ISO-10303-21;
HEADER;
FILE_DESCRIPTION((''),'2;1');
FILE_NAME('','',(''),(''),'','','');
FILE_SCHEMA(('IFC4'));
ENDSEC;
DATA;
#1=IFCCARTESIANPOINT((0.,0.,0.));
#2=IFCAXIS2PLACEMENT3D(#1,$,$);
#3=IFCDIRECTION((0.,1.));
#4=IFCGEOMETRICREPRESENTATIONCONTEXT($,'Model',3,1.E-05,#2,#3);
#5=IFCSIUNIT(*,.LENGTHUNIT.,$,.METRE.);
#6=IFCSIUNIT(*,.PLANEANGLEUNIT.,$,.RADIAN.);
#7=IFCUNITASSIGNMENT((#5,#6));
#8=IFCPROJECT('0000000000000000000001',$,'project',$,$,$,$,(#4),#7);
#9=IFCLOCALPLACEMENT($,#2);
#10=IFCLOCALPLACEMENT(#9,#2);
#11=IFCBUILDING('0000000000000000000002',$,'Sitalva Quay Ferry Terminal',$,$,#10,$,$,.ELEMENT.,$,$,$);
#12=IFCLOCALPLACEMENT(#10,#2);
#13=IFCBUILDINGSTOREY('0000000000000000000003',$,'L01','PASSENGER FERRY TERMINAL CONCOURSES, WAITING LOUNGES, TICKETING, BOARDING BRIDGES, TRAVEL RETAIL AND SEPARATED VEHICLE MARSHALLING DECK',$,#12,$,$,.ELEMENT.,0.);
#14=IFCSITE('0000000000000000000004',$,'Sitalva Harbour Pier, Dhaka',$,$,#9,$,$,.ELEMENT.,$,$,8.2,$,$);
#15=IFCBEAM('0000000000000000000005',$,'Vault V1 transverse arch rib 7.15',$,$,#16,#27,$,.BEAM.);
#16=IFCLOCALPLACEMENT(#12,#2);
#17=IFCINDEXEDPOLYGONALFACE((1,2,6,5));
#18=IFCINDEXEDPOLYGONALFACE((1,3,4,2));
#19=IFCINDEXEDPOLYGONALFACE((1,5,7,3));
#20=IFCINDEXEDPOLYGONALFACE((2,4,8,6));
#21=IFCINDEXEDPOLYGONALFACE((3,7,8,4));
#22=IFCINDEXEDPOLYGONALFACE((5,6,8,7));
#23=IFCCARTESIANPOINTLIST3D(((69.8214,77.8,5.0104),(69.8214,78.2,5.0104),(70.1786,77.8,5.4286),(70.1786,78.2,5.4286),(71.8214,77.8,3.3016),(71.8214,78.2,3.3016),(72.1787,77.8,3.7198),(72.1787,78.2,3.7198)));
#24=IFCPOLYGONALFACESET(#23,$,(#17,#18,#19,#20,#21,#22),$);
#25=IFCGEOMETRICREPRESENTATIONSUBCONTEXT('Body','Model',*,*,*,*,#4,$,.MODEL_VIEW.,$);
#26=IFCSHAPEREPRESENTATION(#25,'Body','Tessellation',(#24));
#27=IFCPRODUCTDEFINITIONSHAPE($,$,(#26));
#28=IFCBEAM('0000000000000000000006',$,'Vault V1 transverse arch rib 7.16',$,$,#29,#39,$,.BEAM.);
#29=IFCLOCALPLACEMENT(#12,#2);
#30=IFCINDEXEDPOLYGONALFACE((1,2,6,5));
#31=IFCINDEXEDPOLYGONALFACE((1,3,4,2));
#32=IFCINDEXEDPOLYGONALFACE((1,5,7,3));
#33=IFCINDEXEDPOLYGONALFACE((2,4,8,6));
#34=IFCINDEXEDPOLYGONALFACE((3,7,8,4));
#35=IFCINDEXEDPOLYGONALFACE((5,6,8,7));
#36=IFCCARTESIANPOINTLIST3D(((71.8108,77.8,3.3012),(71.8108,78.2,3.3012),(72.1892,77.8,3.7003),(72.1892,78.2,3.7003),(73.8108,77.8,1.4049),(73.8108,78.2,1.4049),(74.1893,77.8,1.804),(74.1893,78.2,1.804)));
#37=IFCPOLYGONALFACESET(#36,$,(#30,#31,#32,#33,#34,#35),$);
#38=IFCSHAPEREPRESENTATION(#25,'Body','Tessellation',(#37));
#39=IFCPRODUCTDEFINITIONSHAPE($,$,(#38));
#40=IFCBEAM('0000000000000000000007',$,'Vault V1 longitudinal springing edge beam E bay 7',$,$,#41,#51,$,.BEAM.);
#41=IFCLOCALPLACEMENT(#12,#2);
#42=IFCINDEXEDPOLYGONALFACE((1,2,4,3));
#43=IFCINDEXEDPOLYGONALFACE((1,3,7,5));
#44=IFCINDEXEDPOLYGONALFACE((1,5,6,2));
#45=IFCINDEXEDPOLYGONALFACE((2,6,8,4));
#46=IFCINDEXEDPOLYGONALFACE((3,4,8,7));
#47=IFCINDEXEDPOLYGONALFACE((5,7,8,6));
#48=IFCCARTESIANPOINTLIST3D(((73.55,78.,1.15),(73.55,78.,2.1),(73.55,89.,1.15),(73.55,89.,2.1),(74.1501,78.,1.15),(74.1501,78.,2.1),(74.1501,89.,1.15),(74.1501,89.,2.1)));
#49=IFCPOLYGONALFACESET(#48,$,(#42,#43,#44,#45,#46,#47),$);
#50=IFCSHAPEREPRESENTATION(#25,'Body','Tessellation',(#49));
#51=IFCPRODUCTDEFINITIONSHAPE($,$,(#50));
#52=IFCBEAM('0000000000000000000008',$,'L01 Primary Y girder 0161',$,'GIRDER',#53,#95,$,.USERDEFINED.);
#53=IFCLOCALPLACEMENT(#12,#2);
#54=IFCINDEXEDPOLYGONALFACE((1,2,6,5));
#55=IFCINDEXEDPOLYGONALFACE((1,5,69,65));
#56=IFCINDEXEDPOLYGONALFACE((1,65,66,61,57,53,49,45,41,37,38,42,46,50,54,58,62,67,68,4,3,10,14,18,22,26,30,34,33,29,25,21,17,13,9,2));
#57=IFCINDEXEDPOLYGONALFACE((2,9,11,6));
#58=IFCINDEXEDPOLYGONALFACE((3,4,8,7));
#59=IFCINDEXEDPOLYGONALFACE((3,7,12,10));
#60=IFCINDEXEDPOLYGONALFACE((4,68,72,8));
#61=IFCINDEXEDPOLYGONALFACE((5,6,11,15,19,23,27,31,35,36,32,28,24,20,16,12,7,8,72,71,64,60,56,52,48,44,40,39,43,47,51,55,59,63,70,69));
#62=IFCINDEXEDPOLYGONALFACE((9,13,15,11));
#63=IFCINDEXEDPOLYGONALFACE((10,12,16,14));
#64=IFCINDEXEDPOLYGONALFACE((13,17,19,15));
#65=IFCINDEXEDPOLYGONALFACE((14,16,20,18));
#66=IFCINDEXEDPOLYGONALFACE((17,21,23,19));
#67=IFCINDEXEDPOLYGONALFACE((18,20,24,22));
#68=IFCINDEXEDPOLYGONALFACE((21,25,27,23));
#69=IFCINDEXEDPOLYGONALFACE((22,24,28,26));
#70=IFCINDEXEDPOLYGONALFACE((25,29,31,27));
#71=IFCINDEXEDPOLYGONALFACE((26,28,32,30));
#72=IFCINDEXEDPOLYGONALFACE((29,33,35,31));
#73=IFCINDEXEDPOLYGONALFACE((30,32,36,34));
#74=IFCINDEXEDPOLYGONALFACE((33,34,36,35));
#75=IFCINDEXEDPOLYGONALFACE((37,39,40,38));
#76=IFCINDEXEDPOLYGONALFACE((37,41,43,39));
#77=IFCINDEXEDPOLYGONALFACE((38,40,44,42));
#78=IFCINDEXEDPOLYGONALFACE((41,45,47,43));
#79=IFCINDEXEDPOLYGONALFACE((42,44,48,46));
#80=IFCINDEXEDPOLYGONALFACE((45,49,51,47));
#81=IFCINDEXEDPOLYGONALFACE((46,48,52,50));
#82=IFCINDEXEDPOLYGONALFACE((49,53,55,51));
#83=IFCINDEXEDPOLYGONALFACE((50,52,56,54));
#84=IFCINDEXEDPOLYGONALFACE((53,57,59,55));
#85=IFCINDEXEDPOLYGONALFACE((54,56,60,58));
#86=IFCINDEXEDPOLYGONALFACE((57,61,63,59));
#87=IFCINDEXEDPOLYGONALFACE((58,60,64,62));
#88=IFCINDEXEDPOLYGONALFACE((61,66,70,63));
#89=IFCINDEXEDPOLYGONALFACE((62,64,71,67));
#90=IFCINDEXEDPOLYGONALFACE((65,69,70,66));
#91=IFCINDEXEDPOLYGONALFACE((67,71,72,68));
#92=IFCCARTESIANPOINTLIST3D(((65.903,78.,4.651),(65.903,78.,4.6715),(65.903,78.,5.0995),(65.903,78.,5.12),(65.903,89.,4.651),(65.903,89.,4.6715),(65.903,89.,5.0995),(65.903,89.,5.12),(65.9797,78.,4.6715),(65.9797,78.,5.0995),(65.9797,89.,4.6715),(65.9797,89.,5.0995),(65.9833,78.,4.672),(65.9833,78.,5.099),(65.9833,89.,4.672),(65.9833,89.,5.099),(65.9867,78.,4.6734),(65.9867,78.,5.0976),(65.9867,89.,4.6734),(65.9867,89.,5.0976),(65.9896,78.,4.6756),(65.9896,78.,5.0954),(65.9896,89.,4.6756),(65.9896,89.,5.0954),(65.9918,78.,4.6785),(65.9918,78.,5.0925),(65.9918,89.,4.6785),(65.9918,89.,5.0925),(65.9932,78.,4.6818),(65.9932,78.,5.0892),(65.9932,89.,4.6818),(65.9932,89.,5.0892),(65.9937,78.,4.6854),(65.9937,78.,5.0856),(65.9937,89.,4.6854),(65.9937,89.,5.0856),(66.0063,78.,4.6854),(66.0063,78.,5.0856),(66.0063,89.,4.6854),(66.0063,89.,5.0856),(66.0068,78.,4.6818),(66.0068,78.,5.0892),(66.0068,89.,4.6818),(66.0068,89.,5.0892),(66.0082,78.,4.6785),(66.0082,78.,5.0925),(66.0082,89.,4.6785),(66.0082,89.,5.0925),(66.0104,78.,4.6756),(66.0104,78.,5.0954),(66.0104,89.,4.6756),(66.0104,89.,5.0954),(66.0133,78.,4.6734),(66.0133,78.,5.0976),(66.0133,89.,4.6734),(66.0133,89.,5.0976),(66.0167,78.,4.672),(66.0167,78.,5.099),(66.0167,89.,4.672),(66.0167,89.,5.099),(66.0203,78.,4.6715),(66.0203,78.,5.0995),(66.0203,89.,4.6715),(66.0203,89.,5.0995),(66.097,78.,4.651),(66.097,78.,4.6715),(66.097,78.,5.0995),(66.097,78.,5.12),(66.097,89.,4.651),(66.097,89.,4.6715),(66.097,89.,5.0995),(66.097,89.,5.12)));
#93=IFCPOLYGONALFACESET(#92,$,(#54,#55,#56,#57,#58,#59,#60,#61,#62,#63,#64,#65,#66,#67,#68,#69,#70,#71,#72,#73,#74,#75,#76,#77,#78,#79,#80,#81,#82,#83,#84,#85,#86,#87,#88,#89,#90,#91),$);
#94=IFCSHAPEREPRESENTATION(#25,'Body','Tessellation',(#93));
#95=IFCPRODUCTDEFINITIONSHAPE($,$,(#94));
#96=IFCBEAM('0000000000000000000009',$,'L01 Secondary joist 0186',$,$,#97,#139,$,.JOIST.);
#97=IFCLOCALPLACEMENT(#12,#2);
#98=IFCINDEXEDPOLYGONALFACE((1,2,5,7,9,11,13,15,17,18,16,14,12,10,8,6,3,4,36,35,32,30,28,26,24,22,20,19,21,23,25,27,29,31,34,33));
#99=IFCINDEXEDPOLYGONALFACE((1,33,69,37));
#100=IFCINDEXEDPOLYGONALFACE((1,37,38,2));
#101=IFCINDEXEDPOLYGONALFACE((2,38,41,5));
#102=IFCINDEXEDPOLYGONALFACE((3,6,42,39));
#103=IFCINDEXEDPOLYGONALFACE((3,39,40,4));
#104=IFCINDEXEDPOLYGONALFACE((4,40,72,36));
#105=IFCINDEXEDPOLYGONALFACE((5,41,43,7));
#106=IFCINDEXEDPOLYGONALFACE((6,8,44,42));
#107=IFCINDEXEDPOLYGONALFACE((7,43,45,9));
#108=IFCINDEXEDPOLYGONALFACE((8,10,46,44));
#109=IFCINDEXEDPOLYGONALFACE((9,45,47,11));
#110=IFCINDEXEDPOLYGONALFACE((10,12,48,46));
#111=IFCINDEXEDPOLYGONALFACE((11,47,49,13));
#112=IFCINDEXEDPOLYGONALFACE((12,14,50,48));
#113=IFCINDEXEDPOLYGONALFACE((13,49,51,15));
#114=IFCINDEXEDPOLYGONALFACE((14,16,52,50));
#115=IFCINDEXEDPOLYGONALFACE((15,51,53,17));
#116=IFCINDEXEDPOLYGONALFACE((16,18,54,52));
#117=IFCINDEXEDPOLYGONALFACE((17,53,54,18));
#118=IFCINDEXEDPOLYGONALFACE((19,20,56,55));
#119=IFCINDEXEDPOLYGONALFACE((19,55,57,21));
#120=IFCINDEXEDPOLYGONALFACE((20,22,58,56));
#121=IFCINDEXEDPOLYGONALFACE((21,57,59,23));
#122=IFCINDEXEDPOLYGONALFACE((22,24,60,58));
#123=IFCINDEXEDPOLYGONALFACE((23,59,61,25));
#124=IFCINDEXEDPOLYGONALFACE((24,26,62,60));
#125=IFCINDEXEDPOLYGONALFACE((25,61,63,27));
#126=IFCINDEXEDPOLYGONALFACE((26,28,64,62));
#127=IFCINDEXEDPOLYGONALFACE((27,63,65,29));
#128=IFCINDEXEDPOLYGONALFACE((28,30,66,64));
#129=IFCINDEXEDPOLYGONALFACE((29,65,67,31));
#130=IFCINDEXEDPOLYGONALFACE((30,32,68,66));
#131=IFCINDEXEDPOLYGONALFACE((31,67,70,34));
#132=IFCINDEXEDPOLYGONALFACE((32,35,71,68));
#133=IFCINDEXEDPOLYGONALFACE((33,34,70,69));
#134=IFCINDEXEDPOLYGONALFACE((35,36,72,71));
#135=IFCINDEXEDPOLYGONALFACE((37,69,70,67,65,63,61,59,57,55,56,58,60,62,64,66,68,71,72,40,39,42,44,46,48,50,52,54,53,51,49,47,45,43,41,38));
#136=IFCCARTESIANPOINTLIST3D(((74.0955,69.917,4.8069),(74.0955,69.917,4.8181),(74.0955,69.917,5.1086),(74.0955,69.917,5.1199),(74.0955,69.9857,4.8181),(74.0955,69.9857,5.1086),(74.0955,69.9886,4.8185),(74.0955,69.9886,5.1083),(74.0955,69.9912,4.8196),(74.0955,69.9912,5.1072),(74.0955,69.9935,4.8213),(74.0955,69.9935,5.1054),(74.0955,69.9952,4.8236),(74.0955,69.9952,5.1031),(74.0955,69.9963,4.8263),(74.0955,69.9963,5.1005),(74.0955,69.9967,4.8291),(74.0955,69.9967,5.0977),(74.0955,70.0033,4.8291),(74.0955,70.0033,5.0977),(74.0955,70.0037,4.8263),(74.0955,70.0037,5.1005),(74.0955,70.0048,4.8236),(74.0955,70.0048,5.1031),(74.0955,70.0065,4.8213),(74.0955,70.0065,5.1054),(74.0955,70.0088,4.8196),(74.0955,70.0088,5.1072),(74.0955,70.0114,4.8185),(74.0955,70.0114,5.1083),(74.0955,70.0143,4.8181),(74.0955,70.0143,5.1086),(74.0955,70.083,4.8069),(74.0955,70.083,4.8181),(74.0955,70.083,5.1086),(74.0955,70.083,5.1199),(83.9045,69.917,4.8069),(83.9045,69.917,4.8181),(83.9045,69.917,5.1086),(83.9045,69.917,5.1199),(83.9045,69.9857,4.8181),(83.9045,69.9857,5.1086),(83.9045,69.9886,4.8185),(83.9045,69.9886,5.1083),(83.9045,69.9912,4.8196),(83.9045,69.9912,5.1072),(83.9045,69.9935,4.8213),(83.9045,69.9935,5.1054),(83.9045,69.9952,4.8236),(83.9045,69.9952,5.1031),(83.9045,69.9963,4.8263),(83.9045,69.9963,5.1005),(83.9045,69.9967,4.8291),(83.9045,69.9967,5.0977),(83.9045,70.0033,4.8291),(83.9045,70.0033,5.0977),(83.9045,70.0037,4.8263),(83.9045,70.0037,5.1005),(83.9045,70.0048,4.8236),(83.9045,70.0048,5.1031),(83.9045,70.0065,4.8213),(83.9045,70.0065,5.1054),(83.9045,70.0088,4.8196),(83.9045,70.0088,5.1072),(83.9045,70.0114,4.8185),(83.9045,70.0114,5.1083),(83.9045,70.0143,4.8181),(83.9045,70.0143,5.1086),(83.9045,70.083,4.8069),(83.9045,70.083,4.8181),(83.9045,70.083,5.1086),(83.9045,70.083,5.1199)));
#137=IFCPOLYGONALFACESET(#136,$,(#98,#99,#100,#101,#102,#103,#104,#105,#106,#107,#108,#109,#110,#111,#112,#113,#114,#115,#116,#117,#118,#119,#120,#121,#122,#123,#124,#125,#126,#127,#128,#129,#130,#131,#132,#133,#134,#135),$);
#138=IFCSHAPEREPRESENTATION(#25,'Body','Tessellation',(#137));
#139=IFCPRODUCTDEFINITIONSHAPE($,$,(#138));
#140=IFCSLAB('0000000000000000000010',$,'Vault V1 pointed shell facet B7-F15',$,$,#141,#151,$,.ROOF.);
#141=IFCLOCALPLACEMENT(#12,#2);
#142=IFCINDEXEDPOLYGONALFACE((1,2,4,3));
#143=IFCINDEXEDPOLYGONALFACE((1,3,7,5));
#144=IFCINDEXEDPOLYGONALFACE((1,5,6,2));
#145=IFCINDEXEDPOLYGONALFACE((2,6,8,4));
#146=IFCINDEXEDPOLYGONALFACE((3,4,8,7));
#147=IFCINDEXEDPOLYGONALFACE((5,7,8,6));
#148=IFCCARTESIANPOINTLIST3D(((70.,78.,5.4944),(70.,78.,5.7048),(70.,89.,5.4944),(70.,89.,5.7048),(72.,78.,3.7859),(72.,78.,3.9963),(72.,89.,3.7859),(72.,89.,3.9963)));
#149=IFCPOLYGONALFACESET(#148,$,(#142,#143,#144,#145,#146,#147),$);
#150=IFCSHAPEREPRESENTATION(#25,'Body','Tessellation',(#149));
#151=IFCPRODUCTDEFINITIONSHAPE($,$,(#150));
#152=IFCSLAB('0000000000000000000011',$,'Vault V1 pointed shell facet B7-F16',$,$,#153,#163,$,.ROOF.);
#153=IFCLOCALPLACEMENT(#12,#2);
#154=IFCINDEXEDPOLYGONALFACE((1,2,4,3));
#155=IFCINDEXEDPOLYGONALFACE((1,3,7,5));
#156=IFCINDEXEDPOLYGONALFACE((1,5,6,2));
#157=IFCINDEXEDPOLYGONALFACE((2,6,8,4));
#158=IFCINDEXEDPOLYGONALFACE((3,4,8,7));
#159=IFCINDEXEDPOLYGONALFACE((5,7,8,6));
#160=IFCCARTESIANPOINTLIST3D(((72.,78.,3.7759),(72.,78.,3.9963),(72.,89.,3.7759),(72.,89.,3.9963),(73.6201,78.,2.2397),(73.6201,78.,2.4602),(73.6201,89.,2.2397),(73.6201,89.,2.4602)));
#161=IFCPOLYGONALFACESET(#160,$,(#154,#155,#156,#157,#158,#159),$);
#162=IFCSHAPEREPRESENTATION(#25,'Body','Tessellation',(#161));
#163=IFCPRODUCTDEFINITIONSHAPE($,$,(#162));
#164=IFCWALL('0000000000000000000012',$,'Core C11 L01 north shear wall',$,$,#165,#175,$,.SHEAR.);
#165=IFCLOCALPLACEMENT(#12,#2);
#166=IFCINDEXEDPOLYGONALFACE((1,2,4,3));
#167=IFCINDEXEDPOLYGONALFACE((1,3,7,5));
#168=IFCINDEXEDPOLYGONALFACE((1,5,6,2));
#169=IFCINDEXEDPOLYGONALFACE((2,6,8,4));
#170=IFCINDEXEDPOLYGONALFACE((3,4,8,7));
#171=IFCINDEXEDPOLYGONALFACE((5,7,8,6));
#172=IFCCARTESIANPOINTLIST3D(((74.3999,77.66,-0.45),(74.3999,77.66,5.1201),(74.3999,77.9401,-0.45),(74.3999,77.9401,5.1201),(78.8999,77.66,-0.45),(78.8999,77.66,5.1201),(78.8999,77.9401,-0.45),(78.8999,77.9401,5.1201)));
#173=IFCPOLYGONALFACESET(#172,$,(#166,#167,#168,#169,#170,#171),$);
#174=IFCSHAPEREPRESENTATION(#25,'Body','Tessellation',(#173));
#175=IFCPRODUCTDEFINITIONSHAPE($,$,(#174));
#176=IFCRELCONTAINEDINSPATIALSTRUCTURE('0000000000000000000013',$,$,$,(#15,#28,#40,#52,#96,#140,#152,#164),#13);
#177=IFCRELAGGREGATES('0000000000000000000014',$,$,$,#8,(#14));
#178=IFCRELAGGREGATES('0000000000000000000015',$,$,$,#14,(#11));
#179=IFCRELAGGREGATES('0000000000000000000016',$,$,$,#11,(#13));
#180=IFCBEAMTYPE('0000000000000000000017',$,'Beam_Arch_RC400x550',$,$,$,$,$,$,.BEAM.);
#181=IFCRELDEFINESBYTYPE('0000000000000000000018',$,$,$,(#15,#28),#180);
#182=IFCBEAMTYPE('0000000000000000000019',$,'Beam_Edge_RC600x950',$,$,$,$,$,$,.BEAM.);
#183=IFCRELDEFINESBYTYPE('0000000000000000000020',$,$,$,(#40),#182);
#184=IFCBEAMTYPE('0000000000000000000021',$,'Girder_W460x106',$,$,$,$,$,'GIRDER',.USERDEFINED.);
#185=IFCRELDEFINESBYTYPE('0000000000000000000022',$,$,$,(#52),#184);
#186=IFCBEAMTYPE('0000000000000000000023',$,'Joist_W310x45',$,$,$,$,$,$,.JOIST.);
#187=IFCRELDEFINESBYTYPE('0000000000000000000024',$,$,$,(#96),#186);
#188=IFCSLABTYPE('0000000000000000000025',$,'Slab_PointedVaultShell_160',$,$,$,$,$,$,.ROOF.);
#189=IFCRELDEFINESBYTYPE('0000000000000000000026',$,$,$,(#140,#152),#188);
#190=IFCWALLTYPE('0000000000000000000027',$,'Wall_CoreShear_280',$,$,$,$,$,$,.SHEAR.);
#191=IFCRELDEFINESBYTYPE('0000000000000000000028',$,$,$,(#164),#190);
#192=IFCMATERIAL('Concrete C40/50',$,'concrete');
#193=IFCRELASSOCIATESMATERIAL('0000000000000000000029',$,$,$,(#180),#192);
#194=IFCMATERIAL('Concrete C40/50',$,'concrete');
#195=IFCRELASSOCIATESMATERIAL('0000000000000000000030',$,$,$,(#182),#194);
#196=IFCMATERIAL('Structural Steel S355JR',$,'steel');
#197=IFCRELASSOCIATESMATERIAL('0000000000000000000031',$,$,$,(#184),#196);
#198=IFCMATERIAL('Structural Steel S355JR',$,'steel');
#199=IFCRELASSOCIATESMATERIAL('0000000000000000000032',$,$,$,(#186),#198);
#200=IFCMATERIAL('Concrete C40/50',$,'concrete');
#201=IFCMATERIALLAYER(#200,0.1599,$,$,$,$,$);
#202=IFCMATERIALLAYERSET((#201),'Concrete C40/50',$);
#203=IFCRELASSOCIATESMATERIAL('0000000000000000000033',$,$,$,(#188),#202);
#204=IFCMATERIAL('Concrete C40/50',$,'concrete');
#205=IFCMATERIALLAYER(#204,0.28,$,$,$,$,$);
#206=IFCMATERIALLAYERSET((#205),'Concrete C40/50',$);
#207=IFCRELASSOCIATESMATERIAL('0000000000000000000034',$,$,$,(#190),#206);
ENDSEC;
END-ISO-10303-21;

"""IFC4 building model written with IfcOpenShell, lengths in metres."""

from ifc_helpers import new_model, si_unit, direction, frame, frame_2d, origin, origin_2d, place, context, subcontext, project, spatial, polyline, rectangle, i_section, outline, extrude, material, layer, layer_set, material_profile, profile_set, type_object, element, save


model = new_model("IFC4")

# Units and contexts
model_context = context("Model", 3, precision=1e-05, world=origin(), true_north=direction((0.0, 1.0)))
body_context = subcontext(model_context, "Body", "Model", "MODEL_VIEW")
ifc_project = project(units=[si_unit("LENGTHUNIT", "METRE"), si_unit("PLANEANGLEUNIT", "RADIAN")], contexts=[model_context])

# Site, building, storey
site_placement = place(None, origin())
site = spatial("IfcSite", under=ifc_project, at=site_placement, Name="Sitalva Harbour Pier, Dhaka", CompositionType="ELEMENT", RefElevation=8.2)
building_placement = place(site_placement, origin())
building = spatial("IfcBuilding", under=site, at=building_placement, Name="Sitalva Quay Ferry Terminal", CompositionType="ELEMENT")
storey_placement = place(building_placement, origin())
storey = spatial("IfcBuildingStorey", under=building, at=storey_placement, Name="L01", Description="PASSENGER FERRY TERMINAL CONCOURSES, WAITING LOUNGES, TICKETING, BOARDING BRIDGES, TRAVEL RETAIL AND SEPARATED VEHICLE MARSHALLING DECK", CompositionType="ELEMENT", Elevation=0.0)

# Beams
ifc_material_1 = material(Name="Concrete C40/50", Category="concrete")
ifc_material_profile_1 = material_profile(ifc_material_1, rectangle(XDim=0.3999, YDim=0.55, at=origin_2d()), Name="RC400x550")
ifc_profile_set_1 = profile_set([ifc_material_profile_1], Name="Concrete C40/50")
beam_type_1 = type_object("IfcBeamType", Name="Beam_Arch_RC400x550", PredefinedType="BEAM", material=ifc_profile_set_1)
beam_1_placement = place(storey_placement, frame((70.0, 78.0, 5.2195), z_axis=(0.760297, 0.0, -0.649575), x_axis=(0.0, 1.0, 0.0)))
element("IfcBeam", 1, at=beam_1_placement, inside=storey, type_object=beam_type_1, Name="Vault V1 transverse arch rib 7.15", PredefinedType="BEAM", context=body_context, shape_type="SweptSolid", body=[
    extrude(rectangle(XDim=0.3999, YDim=0.55, at=origin_2d()), origin(), (0.0, 0.0, 1.0), 2.6306),
])
beam_2_placement = place(storey_placement, frame((72.0, 78.0, 3.5007), z_axis=(0.72568, 0.0, -0.688032), x_axis=(0.0, 1.0, 0.0)))
element("IfcBeam", 2, at=beam_2_placement, inside=storey, type_object=beam_type_1, Name="Vault V1 transverse arch rib 7.16", PredefinedType="BEAM", context=body_context, shape_type="SweptSolid", body=[
    extrude(rectangle(XDim=0.3999, YDim=0.55, at=origin_2d()), origin(), (0.0, 0.0, 1.0), 2.7561),
])
ifc_material_2 = material(Name="Concrete C40/50", Category="concrete")
ifc_material_profile_2 = material_profile(ifc_material_2, rectangle(XDim=0.6001, YDim=0.95, at=origin_2d()), Name="RC600x950")
ifc_profile_set_2 = profile_set([ifc_material_profile_2], Name="Concrete C40/50")
beam_type_2 = type_object("IfcBeamType", Name="Beam_Edge_RC600x950", PredefinedType="BEAM", material=ifc_profile_set_2)
beam_3_placement = place(storey_placement, frame((73.8501, 78.0, 1.625), z_axis=(0.0, 1.0, 0.0), x_axis=(-1.0, 0.0, 0.0)))
element("IfcBeam", 3, at=beam_3_placement, inside=storey, type_object=beam_type_2, Name="Vault V1 longitudinal springing edge beam E bay 7", PredefinedType="BEAM", context=body_context, shape_type="SweptSolid", body=[
    extrude(rectangle(XDim=0.6001, YDim=0.95, at=origin_2d()), origin(), (0.0, 0.0, 1.0), 11.0),
])
ifc_material_3 = material(Name="Structural Steel S355JR", Category="steel")
ifc_material_profile_3 = material_profile(ifc_material_3, i_section(OverallWidth=0.1941, OverallDepth=0.469, WebThickness=0.0127, FlangeThickness=0.0205, FilletRadius=0.0139, at=origin_2d()), Name="W460x106")
ifc_profile_set_3 = profile_set([ifc_material_profile_3], Name="Structural Steel S355JR")
beam_type_3 = type_object("IfcBeamType", Name="Girder_W460x106", ElementType="GIRDER", PredefinedType="USERDEFINED", material=ifc_profile_set_3)
beam_4_placement = place(storey_placement, frame((66.0, 78.0, 4.8855), z_axis=(0.0, 1.0, 0.0), x_axis=(-1.0, 0.0, 0.0)))
element("IfcBeam", 4, at=beam_4_placement, inside=storey, type_object=beam_type_3, Name="L01 Primary Y girder 0161", ObjectType="GIRDER", PredefinedType="USERDEFINED", context=body_context, shape_type="SweptSolid", body=[
    extrude(i_section(OverallWidth=0.1941, OverallDepth=0.469, WebThickness=0.0127, FlangeThickness=0.0205, FilletRadius=0.0139, at=origin_2d()), origin(), (0.0, 0.0, 1.0), 11.0),
])
ifc_material_4 = material(Name="Structural Steel S355JR", Category="steel")
ifc_material_profile_4 = material_profile(ifc_material_4, i_section(OverallWidth=0.166, OverallDepth=0.313, WebThickness=0.0066, FlangeThickness=0.0112, FilletRadius=0.011, at=origin_2d()), Name="W310x45")
ifc_profile_set_4 = profile_set([ifc_material_profile_4], Name="Structural Steel S355JR")
beam_type_4 = type_object("IfcBeamType", Name="Joist_W310x45", PredefinedType="JOIST", material=ifc_profile_set_4)
beam_5_placement = place(storey_placement, frame((74.0955, 70.0, 4.9634), z_axis=(1.0, 0.0, 0.0), x_axis=(0.0, 1.0, 0.0)))
element("IfcBeam", 5, at=beam_5_placement, inside=storey, type_object=beam_type_4, Name="L01 Secondary joist 0186", PredefinedType="JOIST", context=body_context, shape_type="SweptSolid", body=[
    extrude(i_section(OverallWidth=0.166, OverallDepth=0.313, WebThickness=0.0066, FlangeThickness=0.0112, FilletRadius=0.011, at=origin_2d()), origin(), (0.0, 0.0, 1.0), 9.8091),
])

# Slabs
ifc_material_5 = material(Name="Concrete C40/50", Category="concrete")
ifc_layer_1 = layer(ifc_material_5, 0.1599)
ifc_layer_set_1 = layer_set([ifc_layer_1], Name="Concrete C40/50")
slab_type = type_object("IfcSlabType", Name="Slab_PointedVaultShell_160", PredefinedType="ROOF", material=ifc_layer_set_1)
slab_1_placement = place(storey_placement, frame((70.0, 78.0, 5.7048), z_axis=(0.649522, 0.0, 0.760343), x_axis=(0.760343, 0.0, -0.649522)))
element("IfcSlab", 6, at=slab_1_placement, inside=storey, type_object=slab_type, Name="Vault V1 pointed shell facet B7-F15", PredefinedType="ROOF", context=body_context, shape_type="SweptSolid", body=[
    extrude(outline(polyline([(0.0, 0.0), (2.6304, 0.0), (2.6304, 11.0), (0.0, 11.0), (0.0, 0.0)])), origin(), (0.649522, 0.0, -0.760343), 0.2104),
])
slab_2_placement = place(storey_placement, frame((72.0, 78.0, 3.9963), z_axis=(0.688048, 0.0, 0.725665), x_axis=(0.725665, 0.0, -0.688048)))
element("IfcSlab", 7, at=slab_2_placement, inside=storey, type_object=slab_type, Name="Vault V1 pointed shell facet B7-F16", PredefinedType="ROOF", context=body_context, shape_type="SweptSolid", body=[
    extrude(outline(polyline([(0.0, 0.0), (2.2326, 0.0), (2.2326, 11.0), (0.0, 11.0), (0.0, 0.0)])), origin(), (0.688048, 0.0, -0.725665), 0.2205),
])

# Wall
ifc_material_6 = material(Name="Concrete C40/50", Category="concrete")
ifc_layer_2 = layer(ifc_material_6, 0.28)
ifc_layer_set_2 = layer_set([ifc_layer_2], Name="Concrete C40/50")
wall_type_1 = type_object("IfcWallType", Name="Wall_CoreShear_280", PredefinedType="SHEAR", material=ifc_layer_set_2)
wall_1_placement = place(storey_placement, frame((74.3999, 77.8, -0.45), z_axis=(0.0, 0.0, 1.0), x_axis=(1.0, 0.0, 0.0)))
element("IfcWall", 8, at=wall_1_placement, inside=storey, type_object=wall_type_1, Name="Core C11 L01 north shear wall", PredefinedType="SHEAR", context=body_context, shape_type="SweptSolid", body=[
    extrude(rectangle(XDim=4.5, YDim=0.28, at=frame_2d((2.25, 0.0))), origin(), (0.0, 0.0, 1.0), 5.5701),
])

save(model, "model.ifc")
